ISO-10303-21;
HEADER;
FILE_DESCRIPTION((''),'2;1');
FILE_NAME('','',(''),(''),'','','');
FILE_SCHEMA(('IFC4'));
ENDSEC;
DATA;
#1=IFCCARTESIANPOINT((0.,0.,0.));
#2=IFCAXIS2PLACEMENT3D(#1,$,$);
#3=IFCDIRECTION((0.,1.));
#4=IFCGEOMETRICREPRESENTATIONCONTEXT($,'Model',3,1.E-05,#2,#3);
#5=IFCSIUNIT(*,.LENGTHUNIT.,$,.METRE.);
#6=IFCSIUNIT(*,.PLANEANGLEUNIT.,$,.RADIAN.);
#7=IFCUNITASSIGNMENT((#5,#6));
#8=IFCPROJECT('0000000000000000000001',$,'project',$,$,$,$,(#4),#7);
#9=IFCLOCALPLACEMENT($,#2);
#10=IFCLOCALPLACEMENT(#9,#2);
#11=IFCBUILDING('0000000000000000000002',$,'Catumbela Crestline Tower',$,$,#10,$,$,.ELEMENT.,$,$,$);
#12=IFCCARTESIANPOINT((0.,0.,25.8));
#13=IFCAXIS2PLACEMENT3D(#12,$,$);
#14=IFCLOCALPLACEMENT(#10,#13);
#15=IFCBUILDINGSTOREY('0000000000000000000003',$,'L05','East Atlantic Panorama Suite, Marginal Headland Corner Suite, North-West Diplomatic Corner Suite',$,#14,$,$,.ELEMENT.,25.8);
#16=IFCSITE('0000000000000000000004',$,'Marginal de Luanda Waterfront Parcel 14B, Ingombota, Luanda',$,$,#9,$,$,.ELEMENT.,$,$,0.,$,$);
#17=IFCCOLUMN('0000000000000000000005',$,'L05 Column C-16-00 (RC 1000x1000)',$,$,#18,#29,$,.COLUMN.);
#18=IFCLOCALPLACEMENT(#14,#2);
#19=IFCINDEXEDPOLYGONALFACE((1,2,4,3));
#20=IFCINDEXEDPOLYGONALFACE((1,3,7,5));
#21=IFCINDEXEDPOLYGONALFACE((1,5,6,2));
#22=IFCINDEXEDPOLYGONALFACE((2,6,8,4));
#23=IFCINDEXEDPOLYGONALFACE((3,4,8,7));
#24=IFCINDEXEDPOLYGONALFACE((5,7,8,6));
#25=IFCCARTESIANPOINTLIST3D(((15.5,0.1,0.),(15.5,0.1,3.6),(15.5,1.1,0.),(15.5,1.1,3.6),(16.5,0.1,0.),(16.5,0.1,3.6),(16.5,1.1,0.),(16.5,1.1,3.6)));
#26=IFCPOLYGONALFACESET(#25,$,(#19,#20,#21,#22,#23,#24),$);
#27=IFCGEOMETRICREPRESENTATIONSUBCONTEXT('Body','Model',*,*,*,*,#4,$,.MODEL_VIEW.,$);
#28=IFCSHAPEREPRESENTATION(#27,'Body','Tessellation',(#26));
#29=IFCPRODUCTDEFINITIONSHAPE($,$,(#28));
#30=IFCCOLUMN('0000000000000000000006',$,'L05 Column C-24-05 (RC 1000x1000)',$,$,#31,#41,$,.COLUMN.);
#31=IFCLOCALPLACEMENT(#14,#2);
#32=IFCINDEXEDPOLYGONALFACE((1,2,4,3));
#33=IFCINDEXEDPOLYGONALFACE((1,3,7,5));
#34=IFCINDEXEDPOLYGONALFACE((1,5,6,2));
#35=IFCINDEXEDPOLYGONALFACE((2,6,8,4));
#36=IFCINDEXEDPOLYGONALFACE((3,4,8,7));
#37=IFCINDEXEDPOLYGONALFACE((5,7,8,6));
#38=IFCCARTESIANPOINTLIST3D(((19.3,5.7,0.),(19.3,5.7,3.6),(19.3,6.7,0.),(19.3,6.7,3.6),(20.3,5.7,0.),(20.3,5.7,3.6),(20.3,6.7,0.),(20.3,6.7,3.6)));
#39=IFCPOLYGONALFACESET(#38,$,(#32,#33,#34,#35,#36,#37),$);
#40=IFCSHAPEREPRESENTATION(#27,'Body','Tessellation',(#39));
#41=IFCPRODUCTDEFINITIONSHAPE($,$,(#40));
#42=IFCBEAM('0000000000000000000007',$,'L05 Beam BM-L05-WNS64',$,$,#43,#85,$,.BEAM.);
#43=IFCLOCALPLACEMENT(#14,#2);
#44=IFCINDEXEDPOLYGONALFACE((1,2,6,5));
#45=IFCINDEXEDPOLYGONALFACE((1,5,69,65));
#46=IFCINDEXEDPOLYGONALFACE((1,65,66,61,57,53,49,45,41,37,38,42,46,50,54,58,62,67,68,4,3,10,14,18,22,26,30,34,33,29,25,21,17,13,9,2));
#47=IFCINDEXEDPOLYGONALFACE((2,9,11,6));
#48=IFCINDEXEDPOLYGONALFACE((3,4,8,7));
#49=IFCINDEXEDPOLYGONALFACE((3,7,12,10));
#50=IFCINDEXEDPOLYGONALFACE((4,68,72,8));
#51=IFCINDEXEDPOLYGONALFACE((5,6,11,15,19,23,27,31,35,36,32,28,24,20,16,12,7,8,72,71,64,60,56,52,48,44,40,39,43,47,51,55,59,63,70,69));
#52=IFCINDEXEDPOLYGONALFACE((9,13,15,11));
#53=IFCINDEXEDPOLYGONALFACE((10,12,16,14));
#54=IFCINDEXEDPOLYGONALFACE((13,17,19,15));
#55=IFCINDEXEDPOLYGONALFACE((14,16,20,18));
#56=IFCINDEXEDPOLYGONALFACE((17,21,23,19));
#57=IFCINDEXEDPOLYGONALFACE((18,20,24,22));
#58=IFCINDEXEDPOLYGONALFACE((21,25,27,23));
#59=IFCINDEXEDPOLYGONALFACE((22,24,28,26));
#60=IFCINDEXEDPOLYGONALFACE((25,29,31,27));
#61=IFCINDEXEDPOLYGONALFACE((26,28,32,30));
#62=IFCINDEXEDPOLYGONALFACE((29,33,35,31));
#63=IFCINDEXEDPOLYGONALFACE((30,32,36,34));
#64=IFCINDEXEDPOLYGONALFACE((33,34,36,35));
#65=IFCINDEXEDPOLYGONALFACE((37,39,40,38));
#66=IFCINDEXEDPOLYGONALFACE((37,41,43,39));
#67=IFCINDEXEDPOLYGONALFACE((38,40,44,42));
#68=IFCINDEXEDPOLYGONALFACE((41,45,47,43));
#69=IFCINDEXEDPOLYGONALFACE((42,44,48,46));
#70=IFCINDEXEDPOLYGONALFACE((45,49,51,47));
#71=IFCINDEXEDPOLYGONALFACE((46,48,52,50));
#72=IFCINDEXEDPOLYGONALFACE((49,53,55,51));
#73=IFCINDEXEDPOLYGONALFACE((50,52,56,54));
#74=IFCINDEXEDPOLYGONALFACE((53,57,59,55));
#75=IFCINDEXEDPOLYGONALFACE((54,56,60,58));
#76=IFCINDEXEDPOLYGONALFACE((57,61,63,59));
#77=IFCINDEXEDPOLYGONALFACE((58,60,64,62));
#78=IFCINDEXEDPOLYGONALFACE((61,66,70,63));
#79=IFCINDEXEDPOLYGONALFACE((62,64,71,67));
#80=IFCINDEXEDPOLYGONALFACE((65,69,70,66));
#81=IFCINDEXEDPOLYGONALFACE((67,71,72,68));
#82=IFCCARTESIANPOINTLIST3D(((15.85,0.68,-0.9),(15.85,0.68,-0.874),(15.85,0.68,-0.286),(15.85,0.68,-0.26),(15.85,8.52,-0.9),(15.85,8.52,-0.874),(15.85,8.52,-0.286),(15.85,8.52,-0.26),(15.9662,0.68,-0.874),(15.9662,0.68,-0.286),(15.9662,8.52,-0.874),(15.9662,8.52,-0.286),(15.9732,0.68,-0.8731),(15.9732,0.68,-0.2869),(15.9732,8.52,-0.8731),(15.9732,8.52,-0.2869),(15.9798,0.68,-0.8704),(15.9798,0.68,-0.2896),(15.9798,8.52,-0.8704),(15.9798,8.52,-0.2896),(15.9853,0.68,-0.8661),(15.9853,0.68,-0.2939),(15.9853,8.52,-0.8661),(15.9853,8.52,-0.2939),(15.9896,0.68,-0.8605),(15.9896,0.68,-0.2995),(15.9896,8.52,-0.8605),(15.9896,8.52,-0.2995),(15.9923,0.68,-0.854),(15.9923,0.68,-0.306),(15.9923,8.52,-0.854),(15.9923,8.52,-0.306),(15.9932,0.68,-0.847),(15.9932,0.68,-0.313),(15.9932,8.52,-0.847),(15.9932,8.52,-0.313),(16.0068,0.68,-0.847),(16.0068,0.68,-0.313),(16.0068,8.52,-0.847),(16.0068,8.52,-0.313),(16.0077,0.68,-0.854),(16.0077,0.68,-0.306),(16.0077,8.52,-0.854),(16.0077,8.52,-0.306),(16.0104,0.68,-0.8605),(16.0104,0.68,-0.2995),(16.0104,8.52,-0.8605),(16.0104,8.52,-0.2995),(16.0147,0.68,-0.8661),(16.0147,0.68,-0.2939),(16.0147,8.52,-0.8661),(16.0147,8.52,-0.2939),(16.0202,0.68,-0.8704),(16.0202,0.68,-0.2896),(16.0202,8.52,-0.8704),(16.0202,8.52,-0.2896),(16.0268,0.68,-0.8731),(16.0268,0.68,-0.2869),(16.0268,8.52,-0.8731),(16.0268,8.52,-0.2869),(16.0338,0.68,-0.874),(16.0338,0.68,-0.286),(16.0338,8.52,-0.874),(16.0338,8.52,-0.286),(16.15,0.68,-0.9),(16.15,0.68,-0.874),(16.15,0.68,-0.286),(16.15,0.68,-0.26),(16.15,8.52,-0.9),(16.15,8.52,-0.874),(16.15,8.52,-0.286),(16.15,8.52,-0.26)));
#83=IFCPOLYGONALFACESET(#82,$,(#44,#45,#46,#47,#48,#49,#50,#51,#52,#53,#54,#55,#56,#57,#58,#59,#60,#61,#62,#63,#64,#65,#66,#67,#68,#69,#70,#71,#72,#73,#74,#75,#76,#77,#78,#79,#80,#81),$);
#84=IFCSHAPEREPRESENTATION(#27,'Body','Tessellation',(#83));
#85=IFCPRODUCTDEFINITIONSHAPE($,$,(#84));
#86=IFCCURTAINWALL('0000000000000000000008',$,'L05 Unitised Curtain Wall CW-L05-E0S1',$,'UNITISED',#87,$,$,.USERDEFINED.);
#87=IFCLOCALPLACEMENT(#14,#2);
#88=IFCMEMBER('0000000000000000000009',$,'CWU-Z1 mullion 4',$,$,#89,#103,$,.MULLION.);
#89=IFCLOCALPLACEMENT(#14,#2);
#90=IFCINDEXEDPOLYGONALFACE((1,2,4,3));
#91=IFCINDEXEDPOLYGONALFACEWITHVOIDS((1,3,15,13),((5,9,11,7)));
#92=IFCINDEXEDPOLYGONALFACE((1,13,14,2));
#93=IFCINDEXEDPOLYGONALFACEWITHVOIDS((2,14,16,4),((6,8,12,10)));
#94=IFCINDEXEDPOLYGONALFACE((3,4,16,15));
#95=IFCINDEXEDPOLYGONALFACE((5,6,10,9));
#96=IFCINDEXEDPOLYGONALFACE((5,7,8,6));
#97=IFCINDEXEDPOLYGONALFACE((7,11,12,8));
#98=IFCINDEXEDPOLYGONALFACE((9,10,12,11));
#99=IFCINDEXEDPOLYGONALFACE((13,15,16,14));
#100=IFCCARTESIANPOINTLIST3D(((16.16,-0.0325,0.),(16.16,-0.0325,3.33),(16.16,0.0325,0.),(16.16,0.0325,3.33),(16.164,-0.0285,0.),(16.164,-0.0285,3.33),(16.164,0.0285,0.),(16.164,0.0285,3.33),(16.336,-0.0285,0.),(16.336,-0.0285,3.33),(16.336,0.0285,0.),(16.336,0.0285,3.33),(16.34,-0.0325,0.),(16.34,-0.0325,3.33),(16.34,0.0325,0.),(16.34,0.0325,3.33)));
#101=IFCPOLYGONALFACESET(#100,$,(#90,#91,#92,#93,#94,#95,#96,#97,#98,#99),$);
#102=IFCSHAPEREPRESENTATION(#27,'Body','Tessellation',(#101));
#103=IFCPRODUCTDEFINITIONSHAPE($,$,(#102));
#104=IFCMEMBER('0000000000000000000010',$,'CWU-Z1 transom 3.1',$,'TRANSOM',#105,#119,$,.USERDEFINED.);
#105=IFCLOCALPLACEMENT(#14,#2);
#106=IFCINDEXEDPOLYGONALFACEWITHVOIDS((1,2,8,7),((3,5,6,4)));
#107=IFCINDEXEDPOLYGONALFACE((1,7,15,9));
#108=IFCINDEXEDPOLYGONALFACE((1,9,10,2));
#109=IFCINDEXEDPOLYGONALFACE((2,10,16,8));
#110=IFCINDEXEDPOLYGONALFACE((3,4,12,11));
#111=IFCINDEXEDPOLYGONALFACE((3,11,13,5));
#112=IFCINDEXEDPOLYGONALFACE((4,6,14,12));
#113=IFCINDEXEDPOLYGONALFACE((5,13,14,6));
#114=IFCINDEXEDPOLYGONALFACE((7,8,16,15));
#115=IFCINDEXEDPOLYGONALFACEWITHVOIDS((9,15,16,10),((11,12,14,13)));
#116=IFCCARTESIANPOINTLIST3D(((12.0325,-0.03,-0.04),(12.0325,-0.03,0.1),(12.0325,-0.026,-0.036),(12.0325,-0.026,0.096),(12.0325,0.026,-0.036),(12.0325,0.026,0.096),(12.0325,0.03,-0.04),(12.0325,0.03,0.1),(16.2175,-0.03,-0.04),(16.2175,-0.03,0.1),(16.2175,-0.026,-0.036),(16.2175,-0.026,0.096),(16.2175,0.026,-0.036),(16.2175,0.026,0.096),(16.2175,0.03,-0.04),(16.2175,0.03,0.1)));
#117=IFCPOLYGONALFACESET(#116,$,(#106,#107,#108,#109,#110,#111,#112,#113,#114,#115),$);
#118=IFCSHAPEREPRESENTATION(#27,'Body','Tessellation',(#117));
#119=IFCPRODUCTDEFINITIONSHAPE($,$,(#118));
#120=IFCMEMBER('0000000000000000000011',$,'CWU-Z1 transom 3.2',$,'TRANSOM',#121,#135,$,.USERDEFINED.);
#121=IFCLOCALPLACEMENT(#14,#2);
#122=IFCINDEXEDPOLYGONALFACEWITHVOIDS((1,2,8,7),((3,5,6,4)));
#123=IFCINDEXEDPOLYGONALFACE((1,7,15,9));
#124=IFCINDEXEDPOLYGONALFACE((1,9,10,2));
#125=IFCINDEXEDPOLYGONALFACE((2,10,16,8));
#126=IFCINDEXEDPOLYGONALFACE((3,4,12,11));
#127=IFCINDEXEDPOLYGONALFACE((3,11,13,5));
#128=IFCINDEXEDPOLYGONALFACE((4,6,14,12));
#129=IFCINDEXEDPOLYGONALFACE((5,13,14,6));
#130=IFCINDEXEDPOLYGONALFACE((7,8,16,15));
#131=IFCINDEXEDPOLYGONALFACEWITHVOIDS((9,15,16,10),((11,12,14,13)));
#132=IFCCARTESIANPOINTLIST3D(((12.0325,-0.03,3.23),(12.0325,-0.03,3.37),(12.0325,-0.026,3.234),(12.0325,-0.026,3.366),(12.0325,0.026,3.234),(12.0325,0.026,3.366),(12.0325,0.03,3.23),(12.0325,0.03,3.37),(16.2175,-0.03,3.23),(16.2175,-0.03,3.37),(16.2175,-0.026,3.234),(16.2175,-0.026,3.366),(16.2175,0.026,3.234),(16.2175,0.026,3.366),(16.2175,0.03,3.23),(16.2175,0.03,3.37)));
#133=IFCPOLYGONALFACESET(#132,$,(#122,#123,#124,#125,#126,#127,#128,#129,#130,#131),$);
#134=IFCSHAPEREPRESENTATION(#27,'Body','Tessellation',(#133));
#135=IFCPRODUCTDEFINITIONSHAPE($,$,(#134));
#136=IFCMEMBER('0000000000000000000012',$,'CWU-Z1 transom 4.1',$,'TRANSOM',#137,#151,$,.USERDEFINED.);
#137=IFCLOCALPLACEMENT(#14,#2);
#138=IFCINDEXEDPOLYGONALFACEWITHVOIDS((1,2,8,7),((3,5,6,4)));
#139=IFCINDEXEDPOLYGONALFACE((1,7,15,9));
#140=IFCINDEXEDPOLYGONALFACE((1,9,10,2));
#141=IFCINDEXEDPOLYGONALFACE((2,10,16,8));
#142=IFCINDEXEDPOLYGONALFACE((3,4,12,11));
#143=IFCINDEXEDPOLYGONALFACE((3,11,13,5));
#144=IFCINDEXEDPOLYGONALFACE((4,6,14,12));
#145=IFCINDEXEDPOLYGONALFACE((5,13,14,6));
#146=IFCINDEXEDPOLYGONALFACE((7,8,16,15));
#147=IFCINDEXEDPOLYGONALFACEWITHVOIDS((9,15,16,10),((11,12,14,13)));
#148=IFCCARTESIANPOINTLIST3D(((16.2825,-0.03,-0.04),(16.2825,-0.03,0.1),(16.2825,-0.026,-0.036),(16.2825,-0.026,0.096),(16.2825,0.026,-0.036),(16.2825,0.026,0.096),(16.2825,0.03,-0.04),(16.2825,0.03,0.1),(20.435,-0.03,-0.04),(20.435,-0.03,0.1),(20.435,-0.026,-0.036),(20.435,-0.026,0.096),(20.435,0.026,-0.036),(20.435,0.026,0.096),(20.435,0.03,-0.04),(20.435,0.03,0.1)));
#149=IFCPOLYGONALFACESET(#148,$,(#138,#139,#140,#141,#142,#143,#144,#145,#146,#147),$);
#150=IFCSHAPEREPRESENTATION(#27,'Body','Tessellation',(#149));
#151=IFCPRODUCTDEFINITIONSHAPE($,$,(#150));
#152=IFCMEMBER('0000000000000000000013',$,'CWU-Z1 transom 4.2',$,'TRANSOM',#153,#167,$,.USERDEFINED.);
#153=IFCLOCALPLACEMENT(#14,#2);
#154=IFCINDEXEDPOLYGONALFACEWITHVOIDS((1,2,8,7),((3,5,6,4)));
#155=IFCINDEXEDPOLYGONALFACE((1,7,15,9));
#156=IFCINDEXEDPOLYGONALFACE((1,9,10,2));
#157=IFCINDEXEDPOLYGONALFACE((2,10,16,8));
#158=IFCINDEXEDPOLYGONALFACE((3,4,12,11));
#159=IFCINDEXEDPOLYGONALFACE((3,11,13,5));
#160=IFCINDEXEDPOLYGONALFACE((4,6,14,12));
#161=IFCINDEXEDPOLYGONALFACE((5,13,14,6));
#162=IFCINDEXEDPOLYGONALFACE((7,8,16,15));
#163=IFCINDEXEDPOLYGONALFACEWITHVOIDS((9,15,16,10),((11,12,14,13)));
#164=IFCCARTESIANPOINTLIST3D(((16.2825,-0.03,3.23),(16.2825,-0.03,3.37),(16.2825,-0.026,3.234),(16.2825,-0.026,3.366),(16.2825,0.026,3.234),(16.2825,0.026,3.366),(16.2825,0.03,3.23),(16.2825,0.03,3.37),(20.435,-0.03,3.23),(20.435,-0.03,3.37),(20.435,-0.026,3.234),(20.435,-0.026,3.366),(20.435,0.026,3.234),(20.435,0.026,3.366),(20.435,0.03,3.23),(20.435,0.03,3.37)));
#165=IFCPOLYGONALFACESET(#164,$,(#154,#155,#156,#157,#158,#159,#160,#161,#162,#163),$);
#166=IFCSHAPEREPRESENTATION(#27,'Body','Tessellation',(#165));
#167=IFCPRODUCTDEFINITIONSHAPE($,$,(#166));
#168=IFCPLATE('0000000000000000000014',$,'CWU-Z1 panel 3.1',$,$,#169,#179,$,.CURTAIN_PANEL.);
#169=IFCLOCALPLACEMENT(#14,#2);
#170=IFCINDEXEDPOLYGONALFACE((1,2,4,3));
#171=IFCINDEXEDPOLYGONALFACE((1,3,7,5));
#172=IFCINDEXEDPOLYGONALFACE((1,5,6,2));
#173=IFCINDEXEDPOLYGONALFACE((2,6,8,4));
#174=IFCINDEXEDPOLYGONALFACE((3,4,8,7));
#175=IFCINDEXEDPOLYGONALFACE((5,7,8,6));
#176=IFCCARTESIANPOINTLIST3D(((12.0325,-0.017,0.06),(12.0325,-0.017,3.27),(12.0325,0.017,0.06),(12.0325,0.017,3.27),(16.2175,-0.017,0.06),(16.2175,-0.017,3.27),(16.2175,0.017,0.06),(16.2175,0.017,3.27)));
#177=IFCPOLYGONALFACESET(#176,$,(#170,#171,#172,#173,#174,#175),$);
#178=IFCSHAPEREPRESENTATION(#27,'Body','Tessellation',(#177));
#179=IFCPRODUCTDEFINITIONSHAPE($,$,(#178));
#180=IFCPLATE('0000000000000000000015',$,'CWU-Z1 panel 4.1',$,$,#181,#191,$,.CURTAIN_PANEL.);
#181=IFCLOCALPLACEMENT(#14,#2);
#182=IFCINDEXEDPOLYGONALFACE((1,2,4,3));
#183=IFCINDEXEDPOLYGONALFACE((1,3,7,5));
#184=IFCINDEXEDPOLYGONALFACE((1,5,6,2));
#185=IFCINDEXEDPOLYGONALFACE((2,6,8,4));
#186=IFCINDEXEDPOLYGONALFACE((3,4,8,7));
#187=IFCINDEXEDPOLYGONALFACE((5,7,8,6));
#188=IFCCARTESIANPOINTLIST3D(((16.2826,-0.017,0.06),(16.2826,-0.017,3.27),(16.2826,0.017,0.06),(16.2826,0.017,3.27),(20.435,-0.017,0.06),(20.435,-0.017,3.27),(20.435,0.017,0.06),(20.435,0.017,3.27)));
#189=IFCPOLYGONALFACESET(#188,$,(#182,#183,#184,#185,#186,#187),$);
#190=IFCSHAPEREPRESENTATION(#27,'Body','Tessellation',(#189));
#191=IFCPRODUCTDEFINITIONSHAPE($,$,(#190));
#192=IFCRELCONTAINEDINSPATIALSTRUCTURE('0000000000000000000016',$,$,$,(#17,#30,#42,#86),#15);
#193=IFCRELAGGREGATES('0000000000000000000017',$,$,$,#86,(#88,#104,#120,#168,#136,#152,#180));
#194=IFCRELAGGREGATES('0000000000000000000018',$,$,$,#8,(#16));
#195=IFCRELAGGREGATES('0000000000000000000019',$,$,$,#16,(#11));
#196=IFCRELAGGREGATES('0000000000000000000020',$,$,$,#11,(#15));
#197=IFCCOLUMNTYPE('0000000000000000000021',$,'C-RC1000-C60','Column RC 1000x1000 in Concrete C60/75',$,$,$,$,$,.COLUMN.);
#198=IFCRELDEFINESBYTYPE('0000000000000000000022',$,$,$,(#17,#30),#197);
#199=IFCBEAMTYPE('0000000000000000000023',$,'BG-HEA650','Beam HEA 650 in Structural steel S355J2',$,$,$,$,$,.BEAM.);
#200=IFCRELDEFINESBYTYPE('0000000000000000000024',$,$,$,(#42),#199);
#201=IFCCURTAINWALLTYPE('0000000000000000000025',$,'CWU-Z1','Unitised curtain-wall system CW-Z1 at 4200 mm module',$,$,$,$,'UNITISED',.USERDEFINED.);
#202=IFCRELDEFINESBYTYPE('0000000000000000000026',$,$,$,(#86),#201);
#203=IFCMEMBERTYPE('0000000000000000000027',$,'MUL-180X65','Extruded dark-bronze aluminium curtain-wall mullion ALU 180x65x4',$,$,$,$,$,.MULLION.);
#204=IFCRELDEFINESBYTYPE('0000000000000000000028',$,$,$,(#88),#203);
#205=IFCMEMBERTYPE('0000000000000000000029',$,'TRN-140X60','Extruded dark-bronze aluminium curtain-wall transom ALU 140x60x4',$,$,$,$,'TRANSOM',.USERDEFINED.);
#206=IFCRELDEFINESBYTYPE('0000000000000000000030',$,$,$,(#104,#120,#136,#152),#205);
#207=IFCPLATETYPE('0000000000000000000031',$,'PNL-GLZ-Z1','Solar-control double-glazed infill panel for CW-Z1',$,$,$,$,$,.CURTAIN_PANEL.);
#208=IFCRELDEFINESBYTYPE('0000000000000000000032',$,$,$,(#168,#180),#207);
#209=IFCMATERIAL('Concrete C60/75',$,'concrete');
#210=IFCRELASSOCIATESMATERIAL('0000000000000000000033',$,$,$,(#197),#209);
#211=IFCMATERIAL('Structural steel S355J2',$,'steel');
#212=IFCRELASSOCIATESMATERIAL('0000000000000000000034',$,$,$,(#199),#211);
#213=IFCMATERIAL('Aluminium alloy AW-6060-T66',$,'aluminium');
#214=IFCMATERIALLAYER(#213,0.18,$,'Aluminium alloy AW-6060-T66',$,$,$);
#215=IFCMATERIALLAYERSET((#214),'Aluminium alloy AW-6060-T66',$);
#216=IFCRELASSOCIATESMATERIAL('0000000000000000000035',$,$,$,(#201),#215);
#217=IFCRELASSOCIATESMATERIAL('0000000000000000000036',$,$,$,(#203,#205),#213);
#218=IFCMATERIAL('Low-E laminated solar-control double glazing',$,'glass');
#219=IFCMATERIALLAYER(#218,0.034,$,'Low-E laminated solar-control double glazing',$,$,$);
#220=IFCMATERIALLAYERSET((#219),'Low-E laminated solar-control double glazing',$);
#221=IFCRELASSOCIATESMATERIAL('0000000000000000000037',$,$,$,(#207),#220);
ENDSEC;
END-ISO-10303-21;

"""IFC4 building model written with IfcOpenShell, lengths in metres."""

from ifc_helpers import new_model, si_unit, direction, frame, origin, origin_2d, place, context, subcontext, project, spatial, rectangle, hollow_rectangle, i_section, extrude, material, layer, layer_set, material_profile, profile_set, type_object, element, aggregate, save


model = new_model("IFC4")

# Units and contexts
model_context = context("Model", 3, precision=1e-05, world=origin(), true_north=direction((0.0, 1.0)))
body_context = subcontext(model_context, "Body", "Model", "MODEL_VIEW")
ifc_project = project(units=[si_unit("LENGTHUNIT", "METRE"), si_unit("PLANEANGLEUNIT", "RADIAN")], contexts=[model_context])

# Site, building, storey
site_placement = place(None, origin())
site = spatial("IfcSite", under=ifc_project, at=site_placement, Name="Marginal de Luanda Waterfront Parcel 14B, Ingombota, Luanda", CompositionType="ELEMENT", RefElevation=0.0)
building_placement = place(site_placement, origin())
building = spatial("IfcBuilding", under=site, at=building_placement, Name="Catumbela Crestline Tower", CompositionType="ELEMENT")
storey_placement = place(building_placement, frame((0.0, 0.0, 25.8)))
storey = spatial("IfcBuildingStorey", under=building, at=storey_placement, Name="L05", Description="East Atlantic Panorama Suite, Marginal Headland Corner Suite, North-West Diplomatic Corner Suite", CompositionType="ELEMENT", Elevation=25.8)

# Columns
ifc_material_1 = material(Name="Concrete C60/75", Category="concrete")
ifc_material_profile_1 = material_profile(ifc_material_1, rectangle(XDim=1.0, YDim=1.0, at=origin_2d()), Name="RC 1000x1000")
ifc_profile_set_1 = profile_set([ifc_material_profile_1], Name="Concrete C60/75")
column_type = type_object("IfcColumnType", Name="C-RC1000-C60", Description="Column RC 1000x1000 in Concrete C60/75", PredefinedType="COLUMN", material=ifc_profile_set_1)
for number, where, z_axis, x_axis, name in (
    (1, (16.0, 0.6, 0.0), (0.0, 0.0, 1.0), (1.0, 0.0, 0.0), "L05 Column C-16-00 (RC 1000x1000)"),
    (2, (19.8, 6.2, 0.0), (0.0, 0.0, 1.0), (1.0, 0.0, 0.0), "L05 Column C-24-05 (RC 1000x1000)"),
):
    element("IfcColumn", number, at=place(storey_placement, frame(where, z_axis=z_axis, x_axis=x_axis)), inside=storey, type_object=column_type, Name=name, PredefinedType="COLUMN", context=body_context, shape_type="SweptSolid", body=[
        extrude(rectangle(XDim=1.0, YDim=1.0, at=origin_2d()), origin(), (0.0, 0.0, 1.0), 3.6),
    ])

# Beam
ifc_material_2 = material(Name="Structural steel S355J2", Category="steel")
ifc_material_profile_2 = material_profile(ifc_material_2, i_section(OverallWidth=0.3, OverallDepth=0.64, WebThickness=0.0135, FlangeThickness=0.026, FilletRadius=0.027, at=origin_2d()), Name="HEA 650")
ifc_profile_set_2 = profile_set([ifc_material_profile_2], Name="Structural steel S355J2")
beam_type = type_object("IfcBeamType", Name="BG-HEA650", Description="Beam HEA 650 in Structural steel S355J2", PredefinedType="BEAM", material=ifc_profile_set_2)
beam_placement = place(storey_placement, frame((16.0, 0.68, -0.58), z_axis=(0.0, 1.0, 0.0), x_axis=(-1.0, 0.0, 0.0)))
element("IfcBeam", 3, at=beam_placement, inside=storey, type_object=beam_type, Name="L05 Beam BM-L05-WNS64", PredefinedType="BEAM", context=body_context, shape_type="SweptSolid", body=[
    extrude(i_section(OverallWidth=0.3, OverallDepth=0.64, WebThickness=0.0135, FlangeThickness=0.026, FilletRadius=0.027, at=origin_2d()), origin(), (0.0, 0.0, 1.0), 7.84),
])

# Curtain wall, members, plates
ifc_material_3 = material(Name="Aluminium alloy AW-6060-T66", Category="aluminium")
ifc_layer_1 = layer(ifc_material_3, 0.18, Name="Aluminium alloy AW-6060-T66")
ifc_layer_set_1 = layer_set([ifc_layer_1], Name="Aluminium alloy AW-6060-T66")
curtain_wall_type = type_object("IfcCurtainWallType", Name="CWU-Z1", Description="Unitised curtain-wall system CW-Z1 at 4200 mm module", ElementType="UNITISED", PredefinedType="USERDEFINED", material=ifc_layer_set_1)
curtain_wall_placement = place(storey_placement, origin())
curtain_wall = element("IfcCurtainWall", 4, at=curtain_wall_placement, inside=storey, type_object=curtain_wall_type, Name="L05 Unitised Curtain Wall CW-L05-E0S1", ObjectType="UNITISED", PredefinedType="USERDEFINED")
ifc_material_profile_3 = material_profile(ifc_material_3, hollow_rectangle(XDim=0.065, YDim=0.18, WallThickness=0.004, at=origin_2d()), Name="ALU 180x65x4")
ifc_profile_set_3 = profile_set([ifc_material_profile_3], Name="Aluminium alloy AW-6060-T66")
member_type_1 = type_object("IfcMemberType", Name="MUL-180X65", Description="Extruded dark-bronze aluminium curtain-wall mullion ALU 180x65x4", PredefinedType="MULLION", material=ifc_profile_set_3)
member_1_placement = place(storey_placement, frame((16.25, 0.0, 0.0), z_axis=(0.0, 0.0, 1.0), x_axis=(0.0, 1.0, 0.0)))
member_1 = element("IfcMember", 5, at=member_1_placement, type_object=member_type_1, Name="CWU-Z1 mullion 4", PredefinedType="MULLION", context=body_context, shape_type="SweptSolid", body=[
    extrude(hollow_rectangle(XDim=0.065, YDim=0.18, WallThickness=0.004, at=origin_2d()), origin(), (0.0, 0.0, 1.0), 3.33),
])
ifc_material_profile_4 = material_profile(ifc_material_3, hollow_rectangle(XDim=0.06, YDim=0.14, WallThickness=0.004, at=origin_2d()), Name="ALU 140x60x4")
ifc_profile_set_4 = profile_set([ifc_material_profile_4], Name="Aluminium alloy AW-6060-T66")
member_type_2 = type_object("IfcMemberType", Name="TRN-140X60", Description="Extruded dark-bronze aluminium curtain-wall transom ALU 140x60x4", ElementType="TRANSOM", PredefinedType="USERDEFINED", material=ifc_profile_set_4)
member_2_placement = place(storey_placement, frame((12.0325, 0.0, 0.03), z_axis=(1.0, 0.0, 0.0), x_axis=(0.0, 1.0, 0.0)))
member_2 = element("IfcMember", 6, at=member_2_placement, type_object=member_type_2, Name="CWU-Z1 transom 3.1", ObjectType="TRANSOM", PredefinedType="USERDEFINED", context=body_context, shape_type="SweptSolid", body=[
    extrude(hollow_rectangle(XDim=0.06, YDim=0.14, WallThickness=0.004, at=origin_2d()), origin(), (0.0, 0.0, 1.0), 4.185),
])
member_3_placement = place(storey_placement, frame((12.0325, 0.0, 3.3), z_axis=(1.0, 0.0, 0.0), x_axis=(0.0, 1.0, 0.0)))
member_3 = element("IfcMember", 7, at=member_3_placement, type_object=member_type_2, Name="CWU-Z1 transom 3.2", ObjectType="TRANSOM", PredefinedType="USERDEFINED", context=body_context, shape_type="SweptSolid", body=[
    extrude(hollow_rectangle(XDim=0.06, YDim=0.14, WallThickness=0.004, at=origin_2d()), origin(), (0.0, 0.0, 1.0), 4.185),
])
member_4_placement = place(storey_placement, frame((16.2825, 0.0, 0.03), z_axis=(1.0, 0.0, 0.0), x_axis=(0.0, 1.0, 0.0)))
member_4 = element("IfcMember", 8, at=member_4_placement, type_object=member_type_2, Name="CWU-Z1 transom 4.1", ObjectType="TRANSOM", PredefinedType="USERDEFINED", context=body_context, shape_type="SweptSolid", body=[
    extrude(hollow_rectangle(XDim=0.06, YDim=0.14, WallThickness=0.004, at=origin_2d()), origin(), (0.0, 0.0, 1.0), 4.1525),
])
member_5_placement = place(storey_placement, frame((16.2825, 0.0, 3.3), z_axis=(1.0, 0.0, 0.0), x_axis=(0.0, 1.0, 0.0)))
member_5 = element("IfcMember", 9, at=member_5_placement, type_object=member_type_2, Name="CWU-Z1 transom 4.2", ObjectType="TRANSOM", PredefinedType="USERDEFINED", context=body_context, shape_type="SweptSolid", body=[
    extrude(hollow_rectangle(XDim=0.06, YDim=0.14, WallThickness=0.004, at=origin_2d()), origin(), (0.0, 0.0, 1.0), 4.1525),
])
ifc_material_4 = material(Name="Low-E laminated solar-control double glazing", Category="glass")
ifc_layer_2 = layer(ifc_material_4, 0.034, Name="Low-E laminated solar-control double glazing")
ifc_layer_set_2 = layer_set([ifc_layer_2], Name="Low-E laminated solar-control double glazing")
plate_type = type_object("IfcPlateType", Name="PNL-GLZ-Z1", Description="Solar-control double-glazed infill panel for CW-Z1", PredefinedType="CURTAIN_PANEL", material=ifc_layer_set_2)
plate_1_placement = place(storey_placement, frame((14.125, 0.0, 0.06), z_axis=(0.0, 0.0, 1.0), x_axis=(1.0, 0.0, 0.0)))
plate_1 = element("IfcPlate", 10, at=plate_1_placement, type_object=plate_type, Name="CWU-Z1 panel 3.1", PredefinedType="CURTAIN_PANEL", context=body_context, shape_type="SweptSolid", body=[
    extrude(rectangle(XDim=4.185, YDim=0.034, at=origin_2d()), origin(), (0.0, 0.0, 1.0), 3.21),
])
plate_2_placement = place(storey_placement, frame((18.3588, 0.0, 0.06), z_axis=(0.0, 0.0, 1.0), x_axis=(1.0, 0.0, 0.0)))
plate_2 = element("IfcPlate", 11, at=plate_2_placement, type_object=plate_type, Name="CWU-Z1 panel 4.1", PredefinedType="CURTAIN_PANEL", context=body_context, shape_type="SweptSolid", body=[
    extrude(rectangle(XDim=4.1525, YDim=0.034, at=origin_2d()), origin(), (0.0, 0.0, 1.0), 3.21),
])
aggregate(curtain_wall, [member_1, member_2, member_3, plate_1, member_4, member_5, plate_2])

save(model, "model.ifc")
